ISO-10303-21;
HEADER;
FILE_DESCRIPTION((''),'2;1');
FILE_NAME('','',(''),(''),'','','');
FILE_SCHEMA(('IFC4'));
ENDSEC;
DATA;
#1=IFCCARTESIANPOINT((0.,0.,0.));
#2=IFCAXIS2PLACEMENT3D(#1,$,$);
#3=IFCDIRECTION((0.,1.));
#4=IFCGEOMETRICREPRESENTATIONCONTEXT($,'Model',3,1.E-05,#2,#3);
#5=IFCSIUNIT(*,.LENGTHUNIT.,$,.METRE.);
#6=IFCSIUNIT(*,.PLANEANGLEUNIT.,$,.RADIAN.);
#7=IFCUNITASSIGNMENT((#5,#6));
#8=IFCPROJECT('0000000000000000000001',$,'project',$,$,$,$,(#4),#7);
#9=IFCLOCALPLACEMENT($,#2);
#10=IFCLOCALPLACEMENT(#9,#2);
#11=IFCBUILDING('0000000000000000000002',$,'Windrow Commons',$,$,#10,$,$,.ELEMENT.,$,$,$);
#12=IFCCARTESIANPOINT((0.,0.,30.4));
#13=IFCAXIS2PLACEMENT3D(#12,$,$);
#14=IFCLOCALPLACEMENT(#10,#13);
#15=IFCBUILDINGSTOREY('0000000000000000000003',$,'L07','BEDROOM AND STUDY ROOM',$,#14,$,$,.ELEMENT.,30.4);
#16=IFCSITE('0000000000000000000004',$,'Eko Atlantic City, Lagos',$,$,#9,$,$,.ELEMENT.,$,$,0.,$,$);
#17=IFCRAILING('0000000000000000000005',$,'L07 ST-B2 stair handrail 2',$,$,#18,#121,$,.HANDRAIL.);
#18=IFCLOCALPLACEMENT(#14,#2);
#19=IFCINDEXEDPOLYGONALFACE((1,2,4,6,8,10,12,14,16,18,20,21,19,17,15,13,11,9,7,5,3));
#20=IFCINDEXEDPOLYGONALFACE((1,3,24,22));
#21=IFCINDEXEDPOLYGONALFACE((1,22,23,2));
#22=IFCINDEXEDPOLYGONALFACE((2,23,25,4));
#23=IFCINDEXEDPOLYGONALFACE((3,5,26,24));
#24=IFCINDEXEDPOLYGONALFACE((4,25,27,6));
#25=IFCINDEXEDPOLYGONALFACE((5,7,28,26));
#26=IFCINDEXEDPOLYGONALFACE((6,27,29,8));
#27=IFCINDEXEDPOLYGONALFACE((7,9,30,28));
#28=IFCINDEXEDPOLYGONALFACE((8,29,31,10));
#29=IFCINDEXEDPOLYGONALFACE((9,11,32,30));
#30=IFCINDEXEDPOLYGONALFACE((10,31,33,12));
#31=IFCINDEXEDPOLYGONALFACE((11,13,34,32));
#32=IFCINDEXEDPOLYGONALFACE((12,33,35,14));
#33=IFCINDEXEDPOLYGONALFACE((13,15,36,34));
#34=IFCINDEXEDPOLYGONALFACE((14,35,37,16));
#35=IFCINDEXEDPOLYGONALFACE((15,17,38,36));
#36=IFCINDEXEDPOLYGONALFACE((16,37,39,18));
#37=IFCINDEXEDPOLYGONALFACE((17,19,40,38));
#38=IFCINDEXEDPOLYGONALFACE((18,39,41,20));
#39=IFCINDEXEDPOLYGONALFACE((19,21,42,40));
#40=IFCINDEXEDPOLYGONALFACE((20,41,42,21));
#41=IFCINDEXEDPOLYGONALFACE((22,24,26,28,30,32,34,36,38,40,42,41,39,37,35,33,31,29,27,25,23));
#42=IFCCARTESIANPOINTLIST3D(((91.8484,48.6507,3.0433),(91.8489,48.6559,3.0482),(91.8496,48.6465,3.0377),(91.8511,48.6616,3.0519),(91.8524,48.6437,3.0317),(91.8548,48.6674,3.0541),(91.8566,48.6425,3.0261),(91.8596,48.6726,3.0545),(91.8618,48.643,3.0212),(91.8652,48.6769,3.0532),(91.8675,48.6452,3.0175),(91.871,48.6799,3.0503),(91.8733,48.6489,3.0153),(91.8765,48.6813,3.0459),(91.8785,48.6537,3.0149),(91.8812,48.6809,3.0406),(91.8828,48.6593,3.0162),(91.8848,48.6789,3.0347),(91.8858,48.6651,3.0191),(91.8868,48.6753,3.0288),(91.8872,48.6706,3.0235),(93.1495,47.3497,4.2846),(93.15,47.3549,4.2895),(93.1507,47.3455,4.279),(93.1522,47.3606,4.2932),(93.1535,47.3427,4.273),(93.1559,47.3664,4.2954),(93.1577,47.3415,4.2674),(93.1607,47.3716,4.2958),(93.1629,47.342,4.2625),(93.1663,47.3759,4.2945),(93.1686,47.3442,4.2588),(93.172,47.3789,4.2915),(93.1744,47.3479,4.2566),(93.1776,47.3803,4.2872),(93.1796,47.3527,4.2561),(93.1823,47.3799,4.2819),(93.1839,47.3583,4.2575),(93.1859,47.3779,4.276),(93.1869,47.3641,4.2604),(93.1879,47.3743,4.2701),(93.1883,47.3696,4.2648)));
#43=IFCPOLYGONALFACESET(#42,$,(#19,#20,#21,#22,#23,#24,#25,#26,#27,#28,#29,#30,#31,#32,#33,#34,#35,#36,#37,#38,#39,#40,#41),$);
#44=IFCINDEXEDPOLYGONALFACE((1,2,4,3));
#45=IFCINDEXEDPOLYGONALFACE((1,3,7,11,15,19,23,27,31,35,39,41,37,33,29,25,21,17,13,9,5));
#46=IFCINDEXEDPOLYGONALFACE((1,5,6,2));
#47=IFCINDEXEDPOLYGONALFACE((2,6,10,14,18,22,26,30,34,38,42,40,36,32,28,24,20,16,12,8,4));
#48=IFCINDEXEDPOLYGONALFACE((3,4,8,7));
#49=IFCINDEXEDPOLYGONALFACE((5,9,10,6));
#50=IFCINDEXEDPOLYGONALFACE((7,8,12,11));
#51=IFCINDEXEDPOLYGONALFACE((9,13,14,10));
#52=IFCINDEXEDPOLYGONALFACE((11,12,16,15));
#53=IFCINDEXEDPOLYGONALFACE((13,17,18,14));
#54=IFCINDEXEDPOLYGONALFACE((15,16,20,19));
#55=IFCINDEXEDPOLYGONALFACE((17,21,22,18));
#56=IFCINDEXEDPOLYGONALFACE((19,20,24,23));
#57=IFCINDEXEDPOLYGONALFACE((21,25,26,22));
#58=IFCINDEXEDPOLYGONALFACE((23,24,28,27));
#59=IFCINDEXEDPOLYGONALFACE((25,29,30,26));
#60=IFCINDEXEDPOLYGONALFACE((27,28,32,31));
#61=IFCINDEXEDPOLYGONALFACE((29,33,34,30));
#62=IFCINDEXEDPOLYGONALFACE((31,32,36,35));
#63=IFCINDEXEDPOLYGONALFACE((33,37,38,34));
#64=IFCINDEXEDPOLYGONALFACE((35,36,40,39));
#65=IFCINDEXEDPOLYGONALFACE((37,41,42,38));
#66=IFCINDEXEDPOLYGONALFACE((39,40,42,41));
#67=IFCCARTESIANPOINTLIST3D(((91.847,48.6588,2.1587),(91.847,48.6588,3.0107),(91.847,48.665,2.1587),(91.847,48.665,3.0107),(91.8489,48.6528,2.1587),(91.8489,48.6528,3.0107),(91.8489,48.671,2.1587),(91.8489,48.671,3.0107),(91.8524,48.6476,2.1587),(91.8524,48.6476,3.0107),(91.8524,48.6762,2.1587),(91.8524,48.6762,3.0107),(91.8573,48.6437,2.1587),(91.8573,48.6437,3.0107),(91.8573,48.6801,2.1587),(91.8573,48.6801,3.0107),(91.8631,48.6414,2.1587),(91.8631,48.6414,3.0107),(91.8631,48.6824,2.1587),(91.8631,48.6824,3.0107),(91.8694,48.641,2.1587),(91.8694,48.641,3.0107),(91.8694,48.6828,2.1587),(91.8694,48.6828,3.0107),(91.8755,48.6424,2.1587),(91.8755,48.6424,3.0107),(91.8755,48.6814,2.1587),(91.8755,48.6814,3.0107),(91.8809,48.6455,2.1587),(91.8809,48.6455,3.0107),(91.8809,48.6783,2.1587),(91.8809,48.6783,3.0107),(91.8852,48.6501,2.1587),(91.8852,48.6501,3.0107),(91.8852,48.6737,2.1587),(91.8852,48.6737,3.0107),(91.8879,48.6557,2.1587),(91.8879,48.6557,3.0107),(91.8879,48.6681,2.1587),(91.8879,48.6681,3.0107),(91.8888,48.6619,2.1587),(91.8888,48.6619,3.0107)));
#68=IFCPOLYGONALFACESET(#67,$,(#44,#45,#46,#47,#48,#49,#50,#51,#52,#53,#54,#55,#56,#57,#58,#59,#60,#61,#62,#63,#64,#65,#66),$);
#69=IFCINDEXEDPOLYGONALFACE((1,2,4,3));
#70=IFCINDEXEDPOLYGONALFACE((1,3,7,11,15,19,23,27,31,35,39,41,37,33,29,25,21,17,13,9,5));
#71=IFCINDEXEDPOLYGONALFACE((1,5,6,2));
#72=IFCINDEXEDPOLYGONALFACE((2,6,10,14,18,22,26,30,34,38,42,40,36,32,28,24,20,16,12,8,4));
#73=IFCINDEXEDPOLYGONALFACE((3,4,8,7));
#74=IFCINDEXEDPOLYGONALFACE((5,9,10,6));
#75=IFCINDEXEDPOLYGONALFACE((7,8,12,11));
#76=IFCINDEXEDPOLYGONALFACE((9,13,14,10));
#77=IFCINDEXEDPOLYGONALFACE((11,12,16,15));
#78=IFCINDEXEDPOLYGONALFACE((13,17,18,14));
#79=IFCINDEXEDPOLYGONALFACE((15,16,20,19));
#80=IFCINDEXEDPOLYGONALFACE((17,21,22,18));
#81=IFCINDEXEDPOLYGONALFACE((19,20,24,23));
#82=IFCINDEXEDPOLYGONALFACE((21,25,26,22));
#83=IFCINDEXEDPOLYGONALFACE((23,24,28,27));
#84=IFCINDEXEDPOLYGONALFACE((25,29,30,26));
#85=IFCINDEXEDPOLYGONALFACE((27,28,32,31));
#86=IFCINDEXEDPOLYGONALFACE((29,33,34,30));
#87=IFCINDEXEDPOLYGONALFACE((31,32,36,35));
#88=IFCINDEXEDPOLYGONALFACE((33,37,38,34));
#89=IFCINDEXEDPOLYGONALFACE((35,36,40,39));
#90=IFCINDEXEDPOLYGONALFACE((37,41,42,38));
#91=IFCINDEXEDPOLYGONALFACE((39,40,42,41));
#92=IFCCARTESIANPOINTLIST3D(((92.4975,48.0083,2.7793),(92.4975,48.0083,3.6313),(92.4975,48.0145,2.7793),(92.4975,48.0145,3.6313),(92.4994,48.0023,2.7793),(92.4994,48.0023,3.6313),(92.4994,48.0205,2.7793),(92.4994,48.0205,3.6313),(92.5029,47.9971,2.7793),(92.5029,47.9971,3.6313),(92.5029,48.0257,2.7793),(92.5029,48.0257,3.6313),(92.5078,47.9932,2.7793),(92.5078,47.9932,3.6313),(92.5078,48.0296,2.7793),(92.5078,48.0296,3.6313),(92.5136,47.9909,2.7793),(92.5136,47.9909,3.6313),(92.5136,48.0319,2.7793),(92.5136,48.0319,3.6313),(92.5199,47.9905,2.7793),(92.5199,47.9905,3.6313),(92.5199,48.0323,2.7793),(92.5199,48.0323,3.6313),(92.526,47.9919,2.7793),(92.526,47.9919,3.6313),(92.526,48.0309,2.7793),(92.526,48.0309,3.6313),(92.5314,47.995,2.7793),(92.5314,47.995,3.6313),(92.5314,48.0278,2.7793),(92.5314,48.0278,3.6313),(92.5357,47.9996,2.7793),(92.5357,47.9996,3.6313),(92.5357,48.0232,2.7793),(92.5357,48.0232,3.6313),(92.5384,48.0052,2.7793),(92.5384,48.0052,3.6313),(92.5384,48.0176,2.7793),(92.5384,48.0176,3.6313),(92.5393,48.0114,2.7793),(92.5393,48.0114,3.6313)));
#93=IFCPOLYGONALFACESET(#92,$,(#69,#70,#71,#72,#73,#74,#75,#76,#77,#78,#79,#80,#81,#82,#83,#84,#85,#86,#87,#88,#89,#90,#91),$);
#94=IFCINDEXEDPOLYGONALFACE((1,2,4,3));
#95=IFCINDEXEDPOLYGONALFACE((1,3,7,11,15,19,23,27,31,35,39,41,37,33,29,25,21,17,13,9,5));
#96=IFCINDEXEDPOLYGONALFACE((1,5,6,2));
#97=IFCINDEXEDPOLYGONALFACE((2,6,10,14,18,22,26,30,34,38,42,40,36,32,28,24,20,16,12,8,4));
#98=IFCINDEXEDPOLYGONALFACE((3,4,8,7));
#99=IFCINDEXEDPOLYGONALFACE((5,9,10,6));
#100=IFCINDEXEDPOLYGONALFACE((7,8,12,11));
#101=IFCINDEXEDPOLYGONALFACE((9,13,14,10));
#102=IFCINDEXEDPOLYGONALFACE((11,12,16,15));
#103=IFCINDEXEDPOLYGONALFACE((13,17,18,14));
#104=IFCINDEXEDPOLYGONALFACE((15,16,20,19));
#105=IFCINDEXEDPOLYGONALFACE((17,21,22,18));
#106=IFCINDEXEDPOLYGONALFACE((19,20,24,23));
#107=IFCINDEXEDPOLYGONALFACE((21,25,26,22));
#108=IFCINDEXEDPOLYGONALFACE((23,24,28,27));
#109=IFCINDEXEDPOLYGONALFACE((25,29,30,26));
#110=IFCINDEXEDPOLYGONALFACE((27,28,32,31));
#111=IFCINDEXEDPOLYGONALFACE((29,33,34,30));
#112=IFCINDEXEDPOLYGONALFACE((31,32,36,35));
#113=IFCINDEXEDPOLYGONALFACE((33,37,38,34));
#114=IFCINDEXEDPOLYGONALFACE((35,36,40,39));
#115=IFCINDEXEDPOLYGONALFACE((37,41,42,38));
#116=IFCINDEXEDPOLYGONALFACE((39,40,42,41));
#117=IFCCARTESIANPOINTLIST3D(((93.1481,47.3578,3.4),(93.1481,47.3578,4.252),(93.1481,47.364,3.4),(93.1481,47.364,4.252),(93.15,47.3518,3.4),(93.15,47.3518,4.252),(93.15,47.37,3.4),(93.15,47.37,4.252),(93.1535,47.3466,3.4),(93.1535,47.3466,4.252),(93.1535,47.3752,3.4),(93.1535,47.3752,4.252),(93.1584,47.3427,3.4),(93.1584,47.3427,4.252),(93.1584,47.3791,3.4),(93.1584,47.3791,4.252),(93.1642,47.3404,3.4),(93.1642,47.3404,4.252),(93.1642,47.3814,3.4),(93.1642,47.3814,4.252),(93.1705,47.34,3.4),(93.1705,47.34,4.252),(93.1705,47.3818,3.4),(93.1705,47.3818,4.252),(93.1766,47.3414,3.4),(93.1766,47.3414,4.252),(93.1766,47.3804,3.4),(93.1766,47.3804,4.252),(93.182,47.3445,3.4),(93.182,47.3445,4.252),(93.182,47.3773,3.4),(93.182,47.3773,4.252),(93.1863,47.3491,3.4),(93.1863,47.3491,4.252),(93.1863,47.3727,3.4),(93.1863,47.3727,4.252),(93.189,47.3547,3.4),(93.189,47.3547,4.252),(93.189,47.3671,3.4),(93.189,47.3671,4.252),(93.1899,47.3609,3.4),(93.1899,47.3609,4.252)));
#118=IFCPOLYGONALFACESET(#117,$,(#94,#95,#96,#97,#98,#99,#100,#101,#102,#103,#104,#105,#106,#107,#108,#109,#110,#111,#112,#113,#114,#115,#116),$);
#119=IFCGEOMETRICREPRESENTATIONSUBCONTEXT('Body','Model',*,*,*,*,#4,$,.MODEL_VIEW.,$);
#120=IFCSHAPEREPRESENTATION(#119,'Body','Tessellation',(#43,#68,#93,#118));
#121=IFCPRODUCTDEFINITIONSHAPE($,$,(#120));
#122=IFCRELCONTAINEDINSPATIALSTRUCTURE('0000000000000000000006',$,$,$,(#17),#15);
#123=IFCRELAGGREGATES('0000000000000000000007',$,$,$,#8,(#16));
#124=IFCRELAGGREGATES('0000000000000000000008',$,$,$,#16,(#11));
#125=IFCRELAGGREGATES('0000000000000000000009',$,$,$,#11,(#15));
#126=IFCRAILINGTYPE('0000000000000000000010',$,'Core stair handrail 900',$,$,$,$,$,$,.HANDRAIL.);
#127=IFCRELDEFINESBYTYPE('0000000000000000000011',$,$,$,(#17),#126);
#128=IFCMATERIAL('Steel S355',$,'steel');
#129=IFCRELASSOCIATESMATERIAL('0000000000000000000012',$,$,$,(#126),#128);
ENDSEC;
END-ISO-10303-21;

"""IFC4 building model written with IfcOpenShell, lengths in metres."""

from ifc_helpers import new_model, si_unit, direction, frame, origin, origin_2d, place, context, subcontext, project, spatial, circle, extrude, material, type_object, element, save


model = new_model("IFC4")

# Units and contexts
model_context = context("Model", 3, precision=1e-05, world=origin(), true_north=direction((0.0, 1.0)))
body_context = subcontext(model_context, "Body", "Model", "MODEL_VIEW")
ifc_project = project(units=[si_unit("LENGTHUNIT", "METRE"), si_unit("PLANEANGLEUNIT", "RADIAN")], contexts=[model_context])

# Site, building, storey
site_placement = place(None, origin())
site = spatial("IfcSite", under=ifc_project, at=site_placement, Name="Eko Atlantic City, Lagos", CompositionType="ELEMENT", RefElevation=0.0)
building_placement = place(site_placement, origin())
building = spatial("IfcBuilding", under=site, at=building_placement, Name="Windrow Commons", CompositionType="ELEMENT")
storey_placement = place(building_placement, frame((0.0, 0.0, 30.4)))
storey = spatial("IfcBuildingStorey", under=building, at=storey_placement, Name="L07", Description="BEDROOM AND STUDY ROOM", CompositionType="ELEMENT", Elevation=30.4)

# Railing
ifc_material_1 = material(Name="Steel S355", Category="steel")
railing_type_1 = type_object("IfcRailingType", Name="Core stair handrail 900", PredefinedType="HANDRAIL", material=ifc_material_1)
railing_1_placement = place(storey_placement, frame((91.8678, 48.6619, 2.1587)))
element("IfcRailing", 1, at=railing_1_placement, inside=storey, type_object=railing_type_1, Name="L07 ST-B2 stair handrail 2", PredefinedType="HANDRAIL", context=body_context, shape_type="SweptSolid", body=[
    extrude(circle(Radius=0.024, at=origin_2d()), frame((0.0, 0.0, 0.876), z_axis=(0.586207, -0.586162, 0.559264), x_axis=(0.70708, 0.707134, 0.0)), (0.0, 0.0, 1.0), 2.2195),
    extrude(circle(Radius=0.021, at=origin_2d()), origin(), (0.0, 0.0, 1.0), 0.852),
    extrude(circle(Radius=0.021, at=origin_2d()), frame((0.6505, -0.6505, 0.6206)), (0.0, 0.0, 1.0), 0.852),
    extrude(circle(Radius=0.021, at=origin_2d()), frame((1.3011, -1.301, 1.2413)), (0.0, 0.0, 1.0), 0.852),
])

save(model, "model.ifc")
